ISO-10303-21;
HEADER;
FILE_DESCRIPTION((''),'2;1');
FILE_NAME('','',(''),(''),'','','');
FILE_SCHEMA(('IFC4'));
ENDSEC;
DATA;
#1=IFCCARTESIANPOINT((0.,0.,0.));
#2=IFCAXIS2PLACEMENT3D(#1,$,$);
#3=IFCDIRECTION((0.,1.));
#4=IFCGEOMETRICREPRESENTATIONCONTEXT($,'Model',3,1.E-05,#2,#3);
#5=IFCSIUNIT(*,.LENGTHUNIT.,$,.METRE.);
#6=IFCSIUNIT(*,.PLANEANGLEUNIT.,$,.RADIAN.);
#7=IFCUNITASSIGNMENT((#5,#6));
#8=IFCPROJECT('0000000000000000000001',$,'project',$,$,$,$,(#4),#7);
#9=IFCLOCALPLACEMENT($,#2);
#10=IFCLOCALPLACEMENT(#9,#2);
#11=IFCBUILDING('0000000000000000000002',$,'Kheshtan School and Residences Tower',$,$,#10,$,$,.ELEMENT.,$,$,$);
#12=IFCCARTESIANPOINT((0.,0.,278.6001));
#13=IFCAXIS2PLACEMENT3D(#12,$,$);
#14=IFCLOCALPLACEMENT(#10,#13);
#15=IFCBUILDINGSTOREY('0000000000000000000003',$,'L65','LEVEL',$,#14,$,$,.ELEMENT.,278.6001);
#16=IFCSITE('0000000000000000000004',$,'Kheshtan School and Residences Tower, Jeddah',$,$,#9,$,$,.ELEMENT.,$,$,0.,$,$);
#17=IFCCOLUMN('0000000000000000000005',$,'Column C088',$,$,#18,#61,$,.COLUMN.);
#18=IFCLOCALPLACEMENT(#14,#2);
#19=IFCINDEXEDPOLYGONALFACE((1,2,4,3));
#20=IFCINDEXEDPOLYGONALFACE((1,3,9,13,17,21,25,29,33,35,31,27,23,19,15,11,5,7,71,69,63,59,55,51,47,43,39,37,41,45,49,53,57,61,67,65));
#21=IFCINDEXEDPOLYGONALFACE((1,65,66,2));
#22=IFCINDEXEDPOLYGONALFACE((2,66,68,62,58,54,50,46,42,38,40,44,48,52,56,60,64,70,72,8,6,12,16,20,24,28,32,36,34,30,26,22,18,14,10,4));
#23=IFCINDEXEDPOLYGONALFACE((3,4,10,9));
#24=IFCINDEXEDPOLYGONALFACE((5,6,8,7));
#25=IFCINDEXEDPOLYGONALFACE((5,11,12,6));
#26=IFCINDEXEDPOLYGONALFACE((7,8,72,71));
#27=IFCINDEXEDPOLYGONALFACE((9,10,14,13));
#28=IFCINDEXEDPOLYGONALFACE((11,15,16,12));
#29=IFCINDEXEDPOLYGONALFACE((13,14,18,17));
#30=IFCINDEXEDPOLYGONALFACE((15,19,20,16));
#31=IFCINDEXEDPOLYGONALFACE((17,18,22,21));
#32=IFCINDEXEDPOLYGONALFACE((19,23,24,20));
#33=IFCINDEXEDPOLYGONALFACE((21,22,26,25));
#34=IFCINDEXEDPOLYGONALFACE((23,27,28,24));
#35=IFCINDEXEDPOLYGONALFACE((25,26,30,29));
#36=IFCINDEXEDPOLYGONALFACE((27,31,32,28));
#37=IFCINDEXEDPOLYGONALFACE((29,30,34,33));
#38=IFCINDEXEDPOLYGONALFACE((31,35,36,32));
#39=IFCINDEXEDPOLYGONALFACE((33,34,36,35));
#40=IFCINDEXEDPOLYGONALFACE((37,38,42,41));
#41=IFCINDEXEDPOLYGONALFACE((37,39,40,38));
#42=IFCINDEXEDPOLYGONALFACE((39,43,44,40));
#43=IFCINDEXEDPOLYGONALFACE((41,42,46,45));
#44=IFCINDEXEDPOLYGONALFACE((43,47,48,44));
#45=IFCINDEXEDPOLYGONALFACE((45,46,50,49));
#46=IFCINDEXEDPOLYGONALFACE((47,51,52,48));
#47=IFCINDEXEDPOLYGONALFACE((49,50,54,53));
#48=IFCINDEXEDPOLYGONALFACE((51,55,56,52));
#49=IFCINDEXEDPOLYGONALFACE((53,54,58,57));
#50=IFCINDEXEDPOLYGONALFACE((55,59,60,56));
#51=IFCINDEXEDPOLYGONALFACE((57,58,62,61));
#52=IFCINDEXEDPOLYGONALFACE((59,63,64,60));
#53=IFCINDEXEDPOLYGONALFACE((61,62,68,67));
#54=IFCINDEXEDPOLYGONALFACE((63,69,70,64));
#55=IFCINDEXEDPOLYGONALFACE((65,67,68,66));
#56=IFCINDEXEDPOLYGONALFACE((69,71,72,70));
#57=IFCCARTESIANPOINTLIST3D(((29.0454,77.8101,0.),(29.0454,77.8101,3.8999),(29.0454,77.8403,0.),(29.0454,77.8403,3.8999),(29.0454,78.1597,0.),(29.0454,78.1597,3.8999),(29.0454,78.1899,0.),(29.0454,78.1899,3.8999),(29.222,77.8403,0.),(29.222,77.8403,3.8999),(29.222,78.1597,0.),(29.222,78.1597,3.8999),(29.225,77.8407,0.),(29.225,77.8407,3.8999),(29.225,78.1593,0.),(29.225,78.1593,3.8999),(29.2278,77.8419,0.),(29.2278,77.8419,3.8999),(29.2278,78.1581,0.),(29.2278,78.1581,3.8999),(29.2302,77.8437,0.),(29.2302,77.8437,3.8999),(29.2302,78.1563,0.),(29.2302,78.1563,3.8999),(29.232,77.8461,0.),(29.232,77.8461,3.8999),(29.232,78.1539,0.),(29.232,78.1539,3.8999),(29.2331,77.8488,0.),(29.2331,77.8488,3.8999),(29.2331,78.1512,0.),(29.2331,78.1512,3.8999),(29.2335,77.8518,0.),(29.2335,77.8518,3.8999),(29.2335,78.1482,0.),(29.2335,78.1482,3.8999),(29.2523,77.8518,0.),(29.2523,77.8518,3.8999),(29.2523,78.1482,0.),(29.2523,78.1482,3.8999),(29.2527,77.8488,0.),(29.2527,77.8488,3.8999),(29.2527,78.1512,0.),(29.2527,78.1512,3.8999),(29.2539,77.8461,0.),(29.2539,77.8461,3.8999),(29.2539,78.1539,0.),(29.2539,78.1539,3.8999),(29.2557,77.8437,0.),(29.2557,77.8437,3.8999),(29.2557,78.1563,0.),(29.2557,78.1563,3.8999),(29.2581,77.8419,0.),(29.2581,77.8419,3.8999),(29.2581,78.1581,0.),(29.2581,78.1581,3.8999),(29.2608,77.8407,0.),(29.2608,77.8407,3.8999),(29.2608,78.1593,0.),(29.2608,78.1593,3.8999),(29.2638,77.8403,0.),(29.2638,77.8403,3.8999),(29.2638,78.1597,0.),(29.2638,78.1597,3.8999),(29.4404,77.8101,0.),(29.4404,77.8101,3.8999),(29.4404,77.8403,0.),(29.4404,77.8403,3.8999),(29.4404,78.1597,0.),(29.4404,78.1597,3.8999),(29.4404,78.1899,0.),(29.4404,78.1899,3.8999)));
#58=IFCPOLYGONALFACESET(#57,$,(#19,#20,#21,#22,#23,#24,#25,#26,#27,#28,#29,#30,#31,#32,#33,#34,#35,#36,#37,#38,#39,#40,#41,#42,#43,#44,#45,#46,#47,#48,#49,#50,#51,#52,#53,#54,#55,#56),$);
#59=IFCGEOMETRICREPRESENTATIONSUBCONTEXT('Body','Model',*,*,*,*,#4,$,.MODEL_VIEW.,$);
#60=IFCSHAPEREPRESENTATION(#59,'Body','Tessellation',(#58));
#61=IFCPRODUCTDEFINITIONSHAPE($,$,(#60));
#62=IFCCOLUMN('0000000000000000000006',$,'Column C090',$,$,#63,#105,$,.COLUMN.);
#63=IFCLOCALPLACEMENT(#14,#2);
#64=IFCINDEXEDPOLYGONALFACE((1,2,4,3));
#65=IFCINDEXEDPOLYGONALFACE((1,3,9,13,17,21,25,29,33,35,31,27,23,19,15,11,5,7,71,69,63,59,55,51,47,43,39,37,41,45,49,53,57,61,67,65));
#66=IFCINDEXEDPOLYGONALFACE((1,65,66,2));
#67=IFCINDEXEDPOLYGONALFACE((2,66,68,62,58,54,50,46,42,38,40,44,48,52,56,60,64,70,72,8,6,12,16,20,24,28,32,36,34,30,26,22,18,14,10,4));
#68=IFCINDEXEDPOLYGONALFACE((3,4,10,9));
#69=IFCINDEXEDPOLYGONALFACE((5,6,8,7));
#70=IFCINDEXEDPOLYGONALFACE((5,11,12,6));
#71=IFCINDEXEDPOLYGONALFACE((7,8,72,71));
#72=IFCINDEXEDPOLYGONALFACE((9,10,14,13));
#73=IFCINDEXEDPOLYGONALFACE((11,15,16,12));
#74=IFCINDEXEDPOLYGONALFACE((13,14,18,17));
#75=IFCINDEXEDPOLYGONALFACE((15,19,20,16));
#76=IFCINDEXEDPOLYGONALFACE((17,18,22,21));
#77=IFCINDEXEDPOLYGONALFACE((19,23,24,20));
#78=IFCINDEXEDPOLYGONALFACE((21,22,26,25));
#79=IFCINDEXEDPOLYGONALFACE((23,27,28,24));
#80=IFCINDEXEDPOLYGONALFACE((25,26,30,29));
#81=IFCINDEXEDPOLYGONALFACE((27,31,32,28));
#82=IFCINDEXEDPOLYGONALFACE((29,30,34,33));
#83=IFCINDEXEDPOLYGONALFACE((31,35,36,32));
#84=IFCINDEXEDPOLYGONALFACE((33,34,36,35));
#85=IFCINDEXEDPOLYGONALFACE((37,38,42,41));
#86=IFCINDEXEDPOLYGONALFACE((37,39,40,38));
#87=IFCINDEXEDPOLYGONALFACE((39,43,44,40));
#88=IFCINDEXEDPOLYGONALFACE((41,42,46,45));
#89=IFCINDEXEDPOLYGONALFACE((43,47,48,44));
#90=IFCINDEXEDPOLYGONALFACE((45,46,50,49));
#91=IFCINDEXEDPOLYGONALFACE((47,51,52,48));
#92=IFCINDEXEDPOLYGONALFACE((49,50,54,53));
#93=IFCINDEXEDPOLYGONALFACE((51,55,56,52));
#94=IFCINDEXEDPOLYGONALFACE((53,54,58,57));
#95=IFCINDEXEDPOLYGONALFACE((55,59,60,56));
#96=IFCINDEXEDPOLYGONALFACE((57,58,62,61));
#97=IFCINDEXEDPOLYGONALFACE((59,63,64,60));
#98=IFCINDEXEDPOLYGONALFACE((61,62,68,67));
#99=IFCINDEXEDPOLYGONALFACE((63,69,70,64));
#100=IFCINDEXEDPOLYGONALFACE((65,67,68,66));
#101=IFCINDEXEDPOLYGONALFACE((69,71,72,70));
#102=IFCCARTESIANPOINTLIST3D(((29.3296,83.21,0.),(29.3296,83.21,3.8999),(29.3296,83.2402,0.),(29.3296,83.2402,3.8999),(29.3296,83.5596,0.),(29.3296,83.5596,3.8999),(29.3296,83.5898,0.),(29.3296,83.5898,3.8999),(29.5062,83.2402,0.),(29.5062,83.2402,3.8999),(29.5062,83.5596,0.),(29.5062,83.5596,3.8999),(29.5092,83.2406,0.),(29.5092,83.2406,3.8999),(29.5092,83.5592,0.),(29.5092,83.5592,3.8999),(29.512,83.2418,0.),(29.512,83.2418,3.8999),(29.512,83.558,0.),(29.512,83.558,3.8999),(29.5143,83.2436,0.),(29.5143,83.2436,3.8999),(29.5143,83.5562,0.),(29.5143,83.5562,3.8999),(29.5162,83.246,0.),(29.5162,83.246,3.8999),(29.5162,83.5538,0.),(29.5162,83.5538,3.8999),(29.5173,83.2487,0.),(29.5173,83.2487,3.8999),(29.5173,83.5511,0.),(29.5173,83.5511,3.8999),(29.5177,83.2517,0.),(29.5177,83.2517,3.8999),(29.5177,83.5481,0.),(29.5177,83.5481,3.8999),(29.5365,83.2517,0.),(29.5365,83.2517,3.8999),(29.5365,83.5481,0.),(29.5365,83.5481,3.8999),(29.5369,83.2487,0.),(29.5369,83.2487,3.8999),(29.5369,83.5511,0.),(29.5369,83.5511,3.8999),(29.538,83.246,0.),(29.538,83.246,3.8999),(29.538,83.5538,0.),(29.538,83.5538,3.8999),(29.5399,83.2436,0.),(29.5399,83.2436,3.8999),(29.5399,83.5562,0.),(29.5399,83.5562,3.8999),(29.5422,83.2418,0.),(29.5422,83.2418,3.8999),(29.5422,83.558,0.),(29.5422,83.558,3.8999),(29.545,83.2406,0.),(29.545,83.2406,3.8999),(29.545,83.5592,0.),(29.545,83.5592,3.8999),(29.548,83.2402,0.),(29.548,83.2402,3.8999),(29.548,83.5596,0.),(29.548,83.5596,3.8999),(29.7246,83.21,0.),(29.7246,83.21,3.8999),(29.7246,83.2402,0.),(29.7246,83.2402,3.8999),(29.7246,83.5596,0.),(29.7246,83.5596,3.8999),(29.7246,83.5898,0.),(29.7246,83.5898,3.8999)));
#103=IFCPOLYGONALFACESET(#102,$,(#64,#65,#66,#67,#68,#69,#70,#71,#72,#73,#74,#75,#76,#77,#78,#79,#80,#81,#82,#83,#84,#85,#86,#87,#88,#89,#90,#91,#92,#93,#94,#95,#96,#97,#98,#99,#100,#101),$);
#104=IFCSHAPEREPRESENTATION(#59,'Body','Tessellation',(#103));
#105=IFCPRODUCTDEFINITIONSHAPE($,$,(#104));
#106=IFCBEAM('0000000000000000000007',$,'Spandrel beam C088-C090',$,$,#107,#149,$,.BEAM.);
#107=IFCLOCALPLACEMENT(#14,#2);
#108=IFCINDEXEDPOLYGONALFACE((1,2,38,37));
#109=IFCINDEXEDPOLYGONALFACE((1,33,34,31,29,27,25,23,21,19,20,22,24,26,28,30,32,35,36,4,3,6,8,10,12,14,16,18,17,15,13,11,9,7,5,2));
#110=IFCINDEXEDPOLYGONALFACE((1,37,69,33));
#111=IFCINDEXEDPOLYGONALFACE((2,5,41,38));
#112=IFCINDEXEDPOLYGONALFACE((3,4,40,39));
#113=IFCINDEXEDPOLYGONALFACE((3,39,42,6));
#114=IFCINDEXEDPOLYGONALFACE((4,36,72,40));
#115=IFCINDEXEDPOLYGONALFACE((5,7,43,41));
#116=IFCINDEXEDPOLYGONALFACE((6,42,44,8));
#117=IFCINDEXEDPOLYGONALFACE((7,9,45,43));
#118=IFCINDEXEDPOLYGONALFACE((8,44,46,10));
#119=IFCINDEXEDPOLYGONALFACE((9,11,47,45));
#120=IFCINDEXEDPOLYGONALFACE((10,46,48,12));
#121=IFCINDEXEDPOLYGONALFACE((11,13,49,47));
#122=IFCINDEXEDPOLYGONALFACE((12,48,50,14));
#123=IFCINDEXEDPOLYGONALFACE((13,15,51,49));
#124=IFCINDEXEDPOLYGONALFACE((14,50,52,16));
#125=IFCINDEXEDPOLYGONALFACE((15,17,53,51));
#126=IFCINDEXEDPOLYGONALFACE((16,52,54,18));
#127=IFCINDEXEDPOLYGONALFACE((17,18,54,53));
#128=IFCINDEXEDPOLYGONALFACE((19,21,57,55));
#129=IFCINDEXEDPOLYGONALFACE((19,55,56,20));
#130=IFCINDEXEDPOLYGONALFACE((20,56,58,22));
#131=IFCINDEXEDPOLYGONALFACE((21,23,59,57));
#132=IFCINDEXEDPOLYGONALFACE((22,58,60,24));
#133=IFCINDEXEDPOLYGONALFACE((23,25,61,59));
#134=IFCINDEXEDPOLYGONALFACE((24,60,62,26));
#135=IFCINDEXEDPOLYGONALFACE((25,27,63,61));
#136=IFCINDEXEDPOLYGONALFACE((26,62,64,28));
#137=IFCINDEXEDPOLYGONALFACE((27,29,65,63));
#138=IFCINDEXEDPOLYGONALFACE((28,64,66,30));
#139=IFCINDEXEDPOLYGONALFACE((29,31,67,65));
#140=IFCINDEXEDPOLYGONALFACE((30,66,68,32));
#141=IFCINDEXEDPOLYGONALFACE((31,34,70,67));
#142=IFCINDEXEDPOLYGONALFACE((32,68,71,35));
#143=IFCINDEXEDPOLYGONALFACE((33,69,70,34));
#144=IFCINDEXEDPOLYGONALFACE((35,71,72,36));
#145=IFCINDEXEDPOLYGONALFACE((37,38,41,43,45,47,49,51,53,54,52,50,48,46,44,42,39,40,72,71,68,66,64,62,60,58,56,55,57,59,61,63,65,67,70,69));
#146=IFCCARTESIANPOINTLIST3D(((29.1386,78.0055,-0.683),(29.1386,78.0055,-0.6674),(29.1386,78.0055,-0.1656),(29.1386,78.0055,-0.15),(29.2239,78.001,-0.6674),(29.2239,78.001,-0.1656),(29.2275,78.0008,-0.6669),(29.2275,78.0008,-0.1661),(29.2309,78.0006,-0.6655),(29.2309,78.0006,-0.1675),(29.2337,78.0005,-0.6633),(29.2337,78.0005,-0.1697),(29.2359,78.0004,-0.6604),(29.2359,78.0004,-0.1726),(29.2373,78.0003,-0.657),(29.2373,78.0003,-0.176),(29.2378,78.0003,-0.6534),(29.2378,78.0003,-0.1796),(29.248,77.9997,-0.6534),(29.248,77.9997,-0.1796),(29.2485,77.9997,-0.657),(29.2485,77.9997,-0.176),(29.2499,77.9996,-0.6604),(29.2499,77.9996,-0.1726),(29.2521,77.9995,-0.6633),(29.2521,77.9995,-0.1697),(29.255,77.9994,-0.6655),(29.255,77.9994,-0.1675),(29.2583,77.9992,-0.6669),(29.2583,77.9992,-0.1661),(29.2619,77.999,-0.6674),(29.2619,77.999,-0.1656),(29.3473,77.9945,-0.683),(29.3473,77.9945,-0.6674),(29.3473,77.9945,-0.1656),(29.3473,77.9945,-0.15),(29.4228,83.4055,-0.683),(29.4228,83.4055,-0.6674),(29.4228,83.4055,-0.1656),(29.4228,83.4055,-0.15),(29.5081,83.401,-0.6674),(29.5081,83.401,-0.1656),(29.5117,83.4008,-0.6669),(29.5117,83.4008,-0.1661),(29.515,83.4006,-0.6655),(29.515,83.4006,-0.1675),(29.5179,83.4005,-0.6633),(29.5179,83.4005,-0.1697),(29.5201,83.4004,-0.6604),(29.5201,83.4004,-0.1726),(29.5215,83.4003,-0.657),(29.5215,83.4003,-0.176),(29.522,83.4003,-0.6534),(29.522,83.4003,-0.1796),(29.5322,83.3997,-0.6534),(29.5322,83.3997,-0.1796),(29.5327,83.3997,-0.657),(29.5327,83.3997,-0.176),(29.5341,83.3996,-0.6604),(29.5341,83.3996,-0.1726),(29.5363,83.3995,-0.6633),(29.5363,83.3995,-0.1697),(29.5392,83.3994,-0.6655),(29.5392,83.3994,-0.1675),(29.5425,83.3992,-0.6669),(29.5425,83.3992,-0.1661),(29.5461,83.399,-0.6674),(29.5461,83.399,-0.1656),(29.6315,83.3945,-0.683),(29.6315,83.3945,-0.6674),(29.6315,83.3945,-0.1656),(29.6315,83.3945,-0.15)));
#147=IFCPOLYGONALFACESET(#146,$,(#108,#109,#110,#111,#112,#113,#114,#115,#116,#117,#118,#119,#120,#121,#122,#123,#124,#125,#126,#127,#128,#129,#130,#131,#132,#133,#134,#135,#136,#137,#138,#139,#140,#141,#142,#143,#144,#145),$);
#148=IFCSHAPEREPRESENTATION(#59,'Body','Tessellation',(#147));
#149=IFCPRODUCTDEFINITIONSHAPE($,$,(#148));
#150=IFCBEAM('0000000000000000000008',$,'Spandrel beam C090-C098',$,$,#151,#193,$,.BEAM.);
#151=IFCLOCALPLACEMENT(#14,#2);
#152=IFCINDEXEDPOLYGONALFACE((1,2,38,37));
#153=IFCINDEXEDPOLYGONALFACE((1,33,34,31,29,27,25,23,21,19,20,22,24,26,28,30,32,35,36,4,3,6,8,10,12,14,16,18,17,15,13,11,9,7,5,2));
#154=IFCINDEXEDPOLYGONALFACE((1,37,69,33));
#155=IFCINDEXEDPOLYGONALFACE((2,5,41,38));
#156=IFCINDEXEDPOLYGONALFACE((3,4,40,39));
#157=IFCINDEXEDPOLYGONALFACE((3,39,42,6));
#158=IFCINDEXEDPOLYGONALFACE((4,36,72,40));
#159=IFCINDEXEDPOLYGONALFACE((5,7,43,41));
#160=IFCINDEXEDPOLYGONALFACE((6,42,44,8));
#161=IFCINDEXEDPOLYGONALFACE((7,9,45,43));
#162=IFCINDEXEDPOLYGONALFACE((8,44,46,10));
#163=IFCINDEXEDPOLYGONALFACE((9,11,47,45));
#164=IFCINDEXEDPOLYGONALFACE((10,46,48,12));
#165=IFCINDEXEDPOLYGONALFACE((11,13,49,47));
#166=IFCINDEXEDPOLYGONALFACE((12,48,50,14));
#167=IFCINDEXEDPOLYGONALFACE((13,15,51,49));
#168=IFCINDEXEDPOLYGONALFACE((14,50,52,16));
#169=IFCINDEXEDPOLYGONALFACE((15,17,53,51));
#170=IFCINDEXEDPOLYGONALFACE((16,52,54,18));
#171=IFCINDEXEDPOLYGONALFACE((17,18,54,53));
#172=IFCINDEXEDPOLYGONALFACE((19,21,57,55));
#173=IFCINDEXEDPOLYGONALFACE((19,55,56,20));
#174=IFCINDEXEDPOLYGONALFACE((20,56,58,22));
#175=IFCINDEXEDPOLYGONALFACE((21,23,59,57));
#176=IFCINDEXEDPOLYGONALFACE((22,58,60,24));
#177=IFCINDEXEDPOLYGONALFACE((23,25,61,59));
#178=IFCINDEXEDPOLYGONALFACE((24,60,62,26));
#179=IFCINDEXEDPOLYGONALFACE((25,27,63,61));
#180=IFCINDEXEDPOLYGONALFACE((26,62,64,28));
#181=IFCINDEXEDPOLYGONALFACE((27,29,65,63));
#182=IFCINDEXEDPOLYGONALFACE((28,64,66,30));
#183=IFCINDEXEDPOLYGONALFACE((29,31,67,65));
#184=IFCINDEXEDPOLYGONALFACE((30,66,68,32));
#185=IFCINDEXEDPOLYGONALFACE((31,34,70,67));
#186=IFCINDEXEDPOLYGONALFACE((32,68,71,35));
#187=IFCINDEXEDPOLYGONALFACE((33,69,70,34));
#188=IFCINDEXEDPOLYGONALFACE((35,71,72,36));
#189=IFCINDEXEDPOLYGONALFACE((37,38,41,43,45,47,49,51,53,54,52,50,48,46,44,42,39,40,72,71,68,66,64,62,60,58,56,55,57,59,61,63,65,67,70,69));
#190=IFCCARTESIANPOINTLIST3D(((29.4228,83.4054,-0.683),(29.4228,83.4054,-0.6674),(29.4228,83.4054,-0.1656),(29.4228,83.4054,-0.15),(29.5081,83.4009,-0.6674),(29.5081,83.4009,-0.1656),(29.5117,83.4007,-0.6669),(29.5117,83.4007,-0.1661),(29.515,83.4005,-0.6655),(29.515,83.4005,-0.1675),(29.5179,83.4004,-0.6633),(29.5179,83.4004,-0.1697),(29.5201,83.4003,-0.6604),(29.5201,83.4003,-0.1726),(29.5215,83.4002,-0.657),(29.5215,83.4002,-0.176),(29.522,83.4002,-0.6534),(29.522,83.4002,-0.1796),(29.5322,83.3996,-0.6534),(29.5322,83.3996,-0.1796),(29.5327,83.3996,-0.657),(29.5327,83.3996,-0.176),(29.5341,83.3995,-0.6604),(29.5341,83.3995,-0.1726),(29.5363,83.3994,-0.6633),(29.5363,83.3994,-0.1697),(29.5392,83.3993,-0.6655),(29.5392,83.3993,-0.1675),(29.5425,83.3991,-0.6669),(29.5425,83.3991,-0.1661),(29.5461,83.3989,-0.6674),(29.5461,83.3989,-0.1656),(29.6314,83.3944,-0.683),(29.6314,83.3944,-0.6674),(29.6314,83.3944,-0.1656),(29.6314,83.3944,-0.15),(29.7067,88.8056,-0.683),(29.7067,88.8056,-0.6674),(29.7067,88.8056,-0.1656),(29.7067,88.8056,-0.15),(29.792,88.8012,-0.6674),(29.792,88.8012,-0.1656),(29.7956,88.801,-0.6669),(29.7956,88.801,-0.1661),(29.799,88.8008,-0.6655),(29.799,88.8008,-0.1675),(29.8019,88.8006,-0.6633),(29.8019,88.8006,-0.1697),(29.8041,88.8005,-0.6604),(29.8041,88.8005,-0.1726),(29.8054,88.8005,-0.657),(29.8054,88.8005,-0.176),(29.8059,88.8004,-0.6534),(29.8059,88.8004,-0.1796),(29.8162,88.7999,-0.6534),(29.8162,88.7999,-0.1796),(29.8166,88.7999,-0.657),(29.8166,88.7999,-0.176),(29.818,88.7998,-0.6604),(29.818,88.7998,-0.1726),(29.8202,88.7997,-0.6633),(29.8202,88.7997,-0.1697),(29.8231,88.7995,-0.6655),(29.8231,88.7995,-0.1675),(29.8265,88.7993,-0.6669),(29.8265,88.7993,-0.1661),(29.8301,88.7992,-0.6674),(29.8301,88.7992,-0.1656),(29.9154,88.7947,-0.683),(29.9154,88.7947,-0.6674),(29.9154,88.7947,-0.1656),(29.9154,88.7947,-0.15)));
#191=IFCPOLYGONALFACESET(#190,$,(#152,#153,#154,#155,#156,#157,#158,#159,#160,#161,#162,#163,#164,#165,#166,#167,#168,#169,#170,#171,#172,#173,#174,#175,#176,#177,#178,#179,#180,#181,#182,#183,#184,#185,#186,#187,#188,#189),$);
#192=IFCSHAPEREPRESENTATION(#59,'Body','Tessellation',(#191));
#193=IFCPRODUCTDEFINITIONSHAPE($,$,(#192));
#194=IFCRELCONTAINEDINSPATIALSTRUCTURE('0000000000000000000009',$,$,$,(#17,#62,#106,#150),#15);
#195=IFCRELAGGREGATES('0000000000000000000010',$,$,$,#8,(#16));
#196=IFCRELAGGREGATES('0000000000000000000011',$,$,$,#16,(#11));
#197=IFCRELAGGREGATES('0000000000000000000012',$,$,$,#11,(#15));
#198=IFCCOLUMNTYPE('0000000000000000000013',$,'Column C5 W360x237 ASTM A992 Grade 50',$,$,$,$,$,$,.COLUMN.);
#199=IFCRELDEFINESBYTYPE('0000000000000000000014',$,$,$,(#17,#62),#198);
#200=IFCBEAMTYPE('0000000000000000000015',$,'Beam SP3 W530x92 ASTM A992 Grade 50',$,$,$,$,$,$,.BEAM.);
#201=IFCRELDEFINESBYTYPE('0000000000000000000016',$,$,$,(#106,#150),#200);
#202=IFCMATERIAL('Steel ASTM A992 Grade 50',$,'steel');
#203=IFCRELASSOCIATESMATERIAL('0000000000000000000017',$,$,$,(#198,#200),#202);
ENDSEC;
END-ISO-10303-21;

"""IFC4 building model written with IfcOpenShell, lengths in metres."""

from ifc_helpers import new_model, si_unit, direction, frame, origin, origin_2d, place, context, subcontext, project, spatial, i_section, extrude, material, material_profile, profile_set, type_object, element, save


model = new_model("IFC4")

# Units and contexts
model_context = context("Model", 3, precision=1e-05, world=origin(), true_north=direction((0.0, 1.0)))
body_context = subcontext(model_context, "Body", "Model", "MODEL_VIEW")
ifc_project = project(units=[si_unit("LENGTHUNIT", "METRE"), si_unit("PLANEANGLEUNIT", "RADIAN")], contexts=[model_context])

# Site, building, storey
site_placement = place(None, origin())
site = spatial("IfcSite", under=ifc_project, at=site_placement, Name="Kheshtan School and Residences Tower, Jeddah", CompositionType="ELEMENT", RefElevation=0.0)
building_placement = place(site_placement, origin())
building = spatial("IfcBuilding", under=site, at=building_placement, Name="Kheshtan School and Residences Tower", CompositionType="ELEMENT")
storey_placement = place(building_placement, frame((0.0, 0.0, 278.6001)))
storey = spatial("IfcBuildingStorey", under=building, at=storey_placement, Name="L65", Description="LEVEL", CompositionType="ELEMENT", Elevation=278.6001)

# Columns
ifc_material_1 = material(Name="Steel ASTM A992 Grade 50", Category="steel")
ifc_material_profile_1 = material_profile(ifc_material_1, i_section(OverallWidth=0.395, OverallDepth=0.3799, WebThickness=0.0188, FlangeThickness=0.0303, FilletRadius=0.0115, at=origin_2d()), Name="W360x237")
ifc_profile_set_1 = profile_set([ifc_material_profile_1], Name="Steel ASTM A992 Grade 50")
column_type = type_object("IfcColumnType", Name="Column C5 W360x237 ASTM A992 Grade 50", PredefinedType="COLUMN", material=ifc_profile_set_1)
for number, where, z_axis, x_axis, name in (
    (1, (29.2429, 78.0, 0.0), (0.0, 0.0, 1.0), (1.0, 0.0, 0.0), "Column C088"),
    (2, (29.5271, 83.3999, 0.0), (0.0, 0.0, 1.0), (1.0, 0.0, 0.0), "Column C090"),
):
    element("IfcColumn", number, at=place(storey_placement, frame(where, z_axis=z_axis, x_axis=x_axis)), inside=storey, type_object=column_type, Name=name, PredefinedType="COLUMN", context=body_context, shape_type="SweptSolid", body=[
        extrude(i_section(OverallWidth=0.395, OverallDepth=0.3799, WebThickness=0.0188, FlangeThickness=0.0303, FilletRadius=0.0115, at=origin_2d()), origin(), (0.0, 0.0, 1.0), 3.8999),
    ])

# Beams
ifc_material_profile_2 = material_profile(ifc_material_1, i_section(OverallWidth=0.209, OverallDepth=0.533, WebThickness=0.0103, FlangeThickness=0.0156, FilletRadius=0.0139, at=origin_2d()), Name="W530x92")
ifc_profile_set_2 = profile_set([ifc_material_profile_2], Name="Steel ASTM A992 Grade 50")
beam_type = type_object("IfcBeamType", Name="Beam SP3 W530x92 ASTM A992 Grade 50", PredefinedType="BEAM", material=ifc_profile_set_2)
beam_1_placement = place(storey_placement, frame((29.2429, 78.0, -0.4165), z_axis=(0.052554, 0.998618, 0.0), x_axis=(-0.998618, 0.052554, 0.0)))
element("IfcBeam", 3, at=beam_1_placement, inside=storey, type_object=beam_type, Name="Spandrel beam C088-C090", PredefinedType="BEAM", context=body_context, shape_type="SweptSolid", body=[
    extrude(i_section(OverallWidth=0.209, OverallDepth=0.533, WebThickness=0.0103, FlangeThickness=0.0156, FilletRadius=0.0139, at=origin_2d()), origin(), (0.0, 0.0, 1.0), 5.4075),
])
beam_2_placement = place(storey_placement, frame((29.5271, 83.3999, -0.4165), z_axis=(0.052507, 0.998621, 0.0), x_axis=(-0.998621, 0.052507, 0.0)))
element("IfcBeam", 4, at=beam_2_placement, inside=storey, type_object=beam_type, Name="Spandrel beam C090-C098", PredefinedType="BEAM", context=body_context, shape_type="SweptSolid", body=[
    extrude(i_section(OverallWidth=0.209, OverallDepth=0.533, WebThickness=0.0103, FlangeThickness=0.0156, FilletRadius=0.0139, at=origin_2d()), origin(), (0.0, 0.0, 1.0), 5.4077),
])

save(model, "model.ifc")
